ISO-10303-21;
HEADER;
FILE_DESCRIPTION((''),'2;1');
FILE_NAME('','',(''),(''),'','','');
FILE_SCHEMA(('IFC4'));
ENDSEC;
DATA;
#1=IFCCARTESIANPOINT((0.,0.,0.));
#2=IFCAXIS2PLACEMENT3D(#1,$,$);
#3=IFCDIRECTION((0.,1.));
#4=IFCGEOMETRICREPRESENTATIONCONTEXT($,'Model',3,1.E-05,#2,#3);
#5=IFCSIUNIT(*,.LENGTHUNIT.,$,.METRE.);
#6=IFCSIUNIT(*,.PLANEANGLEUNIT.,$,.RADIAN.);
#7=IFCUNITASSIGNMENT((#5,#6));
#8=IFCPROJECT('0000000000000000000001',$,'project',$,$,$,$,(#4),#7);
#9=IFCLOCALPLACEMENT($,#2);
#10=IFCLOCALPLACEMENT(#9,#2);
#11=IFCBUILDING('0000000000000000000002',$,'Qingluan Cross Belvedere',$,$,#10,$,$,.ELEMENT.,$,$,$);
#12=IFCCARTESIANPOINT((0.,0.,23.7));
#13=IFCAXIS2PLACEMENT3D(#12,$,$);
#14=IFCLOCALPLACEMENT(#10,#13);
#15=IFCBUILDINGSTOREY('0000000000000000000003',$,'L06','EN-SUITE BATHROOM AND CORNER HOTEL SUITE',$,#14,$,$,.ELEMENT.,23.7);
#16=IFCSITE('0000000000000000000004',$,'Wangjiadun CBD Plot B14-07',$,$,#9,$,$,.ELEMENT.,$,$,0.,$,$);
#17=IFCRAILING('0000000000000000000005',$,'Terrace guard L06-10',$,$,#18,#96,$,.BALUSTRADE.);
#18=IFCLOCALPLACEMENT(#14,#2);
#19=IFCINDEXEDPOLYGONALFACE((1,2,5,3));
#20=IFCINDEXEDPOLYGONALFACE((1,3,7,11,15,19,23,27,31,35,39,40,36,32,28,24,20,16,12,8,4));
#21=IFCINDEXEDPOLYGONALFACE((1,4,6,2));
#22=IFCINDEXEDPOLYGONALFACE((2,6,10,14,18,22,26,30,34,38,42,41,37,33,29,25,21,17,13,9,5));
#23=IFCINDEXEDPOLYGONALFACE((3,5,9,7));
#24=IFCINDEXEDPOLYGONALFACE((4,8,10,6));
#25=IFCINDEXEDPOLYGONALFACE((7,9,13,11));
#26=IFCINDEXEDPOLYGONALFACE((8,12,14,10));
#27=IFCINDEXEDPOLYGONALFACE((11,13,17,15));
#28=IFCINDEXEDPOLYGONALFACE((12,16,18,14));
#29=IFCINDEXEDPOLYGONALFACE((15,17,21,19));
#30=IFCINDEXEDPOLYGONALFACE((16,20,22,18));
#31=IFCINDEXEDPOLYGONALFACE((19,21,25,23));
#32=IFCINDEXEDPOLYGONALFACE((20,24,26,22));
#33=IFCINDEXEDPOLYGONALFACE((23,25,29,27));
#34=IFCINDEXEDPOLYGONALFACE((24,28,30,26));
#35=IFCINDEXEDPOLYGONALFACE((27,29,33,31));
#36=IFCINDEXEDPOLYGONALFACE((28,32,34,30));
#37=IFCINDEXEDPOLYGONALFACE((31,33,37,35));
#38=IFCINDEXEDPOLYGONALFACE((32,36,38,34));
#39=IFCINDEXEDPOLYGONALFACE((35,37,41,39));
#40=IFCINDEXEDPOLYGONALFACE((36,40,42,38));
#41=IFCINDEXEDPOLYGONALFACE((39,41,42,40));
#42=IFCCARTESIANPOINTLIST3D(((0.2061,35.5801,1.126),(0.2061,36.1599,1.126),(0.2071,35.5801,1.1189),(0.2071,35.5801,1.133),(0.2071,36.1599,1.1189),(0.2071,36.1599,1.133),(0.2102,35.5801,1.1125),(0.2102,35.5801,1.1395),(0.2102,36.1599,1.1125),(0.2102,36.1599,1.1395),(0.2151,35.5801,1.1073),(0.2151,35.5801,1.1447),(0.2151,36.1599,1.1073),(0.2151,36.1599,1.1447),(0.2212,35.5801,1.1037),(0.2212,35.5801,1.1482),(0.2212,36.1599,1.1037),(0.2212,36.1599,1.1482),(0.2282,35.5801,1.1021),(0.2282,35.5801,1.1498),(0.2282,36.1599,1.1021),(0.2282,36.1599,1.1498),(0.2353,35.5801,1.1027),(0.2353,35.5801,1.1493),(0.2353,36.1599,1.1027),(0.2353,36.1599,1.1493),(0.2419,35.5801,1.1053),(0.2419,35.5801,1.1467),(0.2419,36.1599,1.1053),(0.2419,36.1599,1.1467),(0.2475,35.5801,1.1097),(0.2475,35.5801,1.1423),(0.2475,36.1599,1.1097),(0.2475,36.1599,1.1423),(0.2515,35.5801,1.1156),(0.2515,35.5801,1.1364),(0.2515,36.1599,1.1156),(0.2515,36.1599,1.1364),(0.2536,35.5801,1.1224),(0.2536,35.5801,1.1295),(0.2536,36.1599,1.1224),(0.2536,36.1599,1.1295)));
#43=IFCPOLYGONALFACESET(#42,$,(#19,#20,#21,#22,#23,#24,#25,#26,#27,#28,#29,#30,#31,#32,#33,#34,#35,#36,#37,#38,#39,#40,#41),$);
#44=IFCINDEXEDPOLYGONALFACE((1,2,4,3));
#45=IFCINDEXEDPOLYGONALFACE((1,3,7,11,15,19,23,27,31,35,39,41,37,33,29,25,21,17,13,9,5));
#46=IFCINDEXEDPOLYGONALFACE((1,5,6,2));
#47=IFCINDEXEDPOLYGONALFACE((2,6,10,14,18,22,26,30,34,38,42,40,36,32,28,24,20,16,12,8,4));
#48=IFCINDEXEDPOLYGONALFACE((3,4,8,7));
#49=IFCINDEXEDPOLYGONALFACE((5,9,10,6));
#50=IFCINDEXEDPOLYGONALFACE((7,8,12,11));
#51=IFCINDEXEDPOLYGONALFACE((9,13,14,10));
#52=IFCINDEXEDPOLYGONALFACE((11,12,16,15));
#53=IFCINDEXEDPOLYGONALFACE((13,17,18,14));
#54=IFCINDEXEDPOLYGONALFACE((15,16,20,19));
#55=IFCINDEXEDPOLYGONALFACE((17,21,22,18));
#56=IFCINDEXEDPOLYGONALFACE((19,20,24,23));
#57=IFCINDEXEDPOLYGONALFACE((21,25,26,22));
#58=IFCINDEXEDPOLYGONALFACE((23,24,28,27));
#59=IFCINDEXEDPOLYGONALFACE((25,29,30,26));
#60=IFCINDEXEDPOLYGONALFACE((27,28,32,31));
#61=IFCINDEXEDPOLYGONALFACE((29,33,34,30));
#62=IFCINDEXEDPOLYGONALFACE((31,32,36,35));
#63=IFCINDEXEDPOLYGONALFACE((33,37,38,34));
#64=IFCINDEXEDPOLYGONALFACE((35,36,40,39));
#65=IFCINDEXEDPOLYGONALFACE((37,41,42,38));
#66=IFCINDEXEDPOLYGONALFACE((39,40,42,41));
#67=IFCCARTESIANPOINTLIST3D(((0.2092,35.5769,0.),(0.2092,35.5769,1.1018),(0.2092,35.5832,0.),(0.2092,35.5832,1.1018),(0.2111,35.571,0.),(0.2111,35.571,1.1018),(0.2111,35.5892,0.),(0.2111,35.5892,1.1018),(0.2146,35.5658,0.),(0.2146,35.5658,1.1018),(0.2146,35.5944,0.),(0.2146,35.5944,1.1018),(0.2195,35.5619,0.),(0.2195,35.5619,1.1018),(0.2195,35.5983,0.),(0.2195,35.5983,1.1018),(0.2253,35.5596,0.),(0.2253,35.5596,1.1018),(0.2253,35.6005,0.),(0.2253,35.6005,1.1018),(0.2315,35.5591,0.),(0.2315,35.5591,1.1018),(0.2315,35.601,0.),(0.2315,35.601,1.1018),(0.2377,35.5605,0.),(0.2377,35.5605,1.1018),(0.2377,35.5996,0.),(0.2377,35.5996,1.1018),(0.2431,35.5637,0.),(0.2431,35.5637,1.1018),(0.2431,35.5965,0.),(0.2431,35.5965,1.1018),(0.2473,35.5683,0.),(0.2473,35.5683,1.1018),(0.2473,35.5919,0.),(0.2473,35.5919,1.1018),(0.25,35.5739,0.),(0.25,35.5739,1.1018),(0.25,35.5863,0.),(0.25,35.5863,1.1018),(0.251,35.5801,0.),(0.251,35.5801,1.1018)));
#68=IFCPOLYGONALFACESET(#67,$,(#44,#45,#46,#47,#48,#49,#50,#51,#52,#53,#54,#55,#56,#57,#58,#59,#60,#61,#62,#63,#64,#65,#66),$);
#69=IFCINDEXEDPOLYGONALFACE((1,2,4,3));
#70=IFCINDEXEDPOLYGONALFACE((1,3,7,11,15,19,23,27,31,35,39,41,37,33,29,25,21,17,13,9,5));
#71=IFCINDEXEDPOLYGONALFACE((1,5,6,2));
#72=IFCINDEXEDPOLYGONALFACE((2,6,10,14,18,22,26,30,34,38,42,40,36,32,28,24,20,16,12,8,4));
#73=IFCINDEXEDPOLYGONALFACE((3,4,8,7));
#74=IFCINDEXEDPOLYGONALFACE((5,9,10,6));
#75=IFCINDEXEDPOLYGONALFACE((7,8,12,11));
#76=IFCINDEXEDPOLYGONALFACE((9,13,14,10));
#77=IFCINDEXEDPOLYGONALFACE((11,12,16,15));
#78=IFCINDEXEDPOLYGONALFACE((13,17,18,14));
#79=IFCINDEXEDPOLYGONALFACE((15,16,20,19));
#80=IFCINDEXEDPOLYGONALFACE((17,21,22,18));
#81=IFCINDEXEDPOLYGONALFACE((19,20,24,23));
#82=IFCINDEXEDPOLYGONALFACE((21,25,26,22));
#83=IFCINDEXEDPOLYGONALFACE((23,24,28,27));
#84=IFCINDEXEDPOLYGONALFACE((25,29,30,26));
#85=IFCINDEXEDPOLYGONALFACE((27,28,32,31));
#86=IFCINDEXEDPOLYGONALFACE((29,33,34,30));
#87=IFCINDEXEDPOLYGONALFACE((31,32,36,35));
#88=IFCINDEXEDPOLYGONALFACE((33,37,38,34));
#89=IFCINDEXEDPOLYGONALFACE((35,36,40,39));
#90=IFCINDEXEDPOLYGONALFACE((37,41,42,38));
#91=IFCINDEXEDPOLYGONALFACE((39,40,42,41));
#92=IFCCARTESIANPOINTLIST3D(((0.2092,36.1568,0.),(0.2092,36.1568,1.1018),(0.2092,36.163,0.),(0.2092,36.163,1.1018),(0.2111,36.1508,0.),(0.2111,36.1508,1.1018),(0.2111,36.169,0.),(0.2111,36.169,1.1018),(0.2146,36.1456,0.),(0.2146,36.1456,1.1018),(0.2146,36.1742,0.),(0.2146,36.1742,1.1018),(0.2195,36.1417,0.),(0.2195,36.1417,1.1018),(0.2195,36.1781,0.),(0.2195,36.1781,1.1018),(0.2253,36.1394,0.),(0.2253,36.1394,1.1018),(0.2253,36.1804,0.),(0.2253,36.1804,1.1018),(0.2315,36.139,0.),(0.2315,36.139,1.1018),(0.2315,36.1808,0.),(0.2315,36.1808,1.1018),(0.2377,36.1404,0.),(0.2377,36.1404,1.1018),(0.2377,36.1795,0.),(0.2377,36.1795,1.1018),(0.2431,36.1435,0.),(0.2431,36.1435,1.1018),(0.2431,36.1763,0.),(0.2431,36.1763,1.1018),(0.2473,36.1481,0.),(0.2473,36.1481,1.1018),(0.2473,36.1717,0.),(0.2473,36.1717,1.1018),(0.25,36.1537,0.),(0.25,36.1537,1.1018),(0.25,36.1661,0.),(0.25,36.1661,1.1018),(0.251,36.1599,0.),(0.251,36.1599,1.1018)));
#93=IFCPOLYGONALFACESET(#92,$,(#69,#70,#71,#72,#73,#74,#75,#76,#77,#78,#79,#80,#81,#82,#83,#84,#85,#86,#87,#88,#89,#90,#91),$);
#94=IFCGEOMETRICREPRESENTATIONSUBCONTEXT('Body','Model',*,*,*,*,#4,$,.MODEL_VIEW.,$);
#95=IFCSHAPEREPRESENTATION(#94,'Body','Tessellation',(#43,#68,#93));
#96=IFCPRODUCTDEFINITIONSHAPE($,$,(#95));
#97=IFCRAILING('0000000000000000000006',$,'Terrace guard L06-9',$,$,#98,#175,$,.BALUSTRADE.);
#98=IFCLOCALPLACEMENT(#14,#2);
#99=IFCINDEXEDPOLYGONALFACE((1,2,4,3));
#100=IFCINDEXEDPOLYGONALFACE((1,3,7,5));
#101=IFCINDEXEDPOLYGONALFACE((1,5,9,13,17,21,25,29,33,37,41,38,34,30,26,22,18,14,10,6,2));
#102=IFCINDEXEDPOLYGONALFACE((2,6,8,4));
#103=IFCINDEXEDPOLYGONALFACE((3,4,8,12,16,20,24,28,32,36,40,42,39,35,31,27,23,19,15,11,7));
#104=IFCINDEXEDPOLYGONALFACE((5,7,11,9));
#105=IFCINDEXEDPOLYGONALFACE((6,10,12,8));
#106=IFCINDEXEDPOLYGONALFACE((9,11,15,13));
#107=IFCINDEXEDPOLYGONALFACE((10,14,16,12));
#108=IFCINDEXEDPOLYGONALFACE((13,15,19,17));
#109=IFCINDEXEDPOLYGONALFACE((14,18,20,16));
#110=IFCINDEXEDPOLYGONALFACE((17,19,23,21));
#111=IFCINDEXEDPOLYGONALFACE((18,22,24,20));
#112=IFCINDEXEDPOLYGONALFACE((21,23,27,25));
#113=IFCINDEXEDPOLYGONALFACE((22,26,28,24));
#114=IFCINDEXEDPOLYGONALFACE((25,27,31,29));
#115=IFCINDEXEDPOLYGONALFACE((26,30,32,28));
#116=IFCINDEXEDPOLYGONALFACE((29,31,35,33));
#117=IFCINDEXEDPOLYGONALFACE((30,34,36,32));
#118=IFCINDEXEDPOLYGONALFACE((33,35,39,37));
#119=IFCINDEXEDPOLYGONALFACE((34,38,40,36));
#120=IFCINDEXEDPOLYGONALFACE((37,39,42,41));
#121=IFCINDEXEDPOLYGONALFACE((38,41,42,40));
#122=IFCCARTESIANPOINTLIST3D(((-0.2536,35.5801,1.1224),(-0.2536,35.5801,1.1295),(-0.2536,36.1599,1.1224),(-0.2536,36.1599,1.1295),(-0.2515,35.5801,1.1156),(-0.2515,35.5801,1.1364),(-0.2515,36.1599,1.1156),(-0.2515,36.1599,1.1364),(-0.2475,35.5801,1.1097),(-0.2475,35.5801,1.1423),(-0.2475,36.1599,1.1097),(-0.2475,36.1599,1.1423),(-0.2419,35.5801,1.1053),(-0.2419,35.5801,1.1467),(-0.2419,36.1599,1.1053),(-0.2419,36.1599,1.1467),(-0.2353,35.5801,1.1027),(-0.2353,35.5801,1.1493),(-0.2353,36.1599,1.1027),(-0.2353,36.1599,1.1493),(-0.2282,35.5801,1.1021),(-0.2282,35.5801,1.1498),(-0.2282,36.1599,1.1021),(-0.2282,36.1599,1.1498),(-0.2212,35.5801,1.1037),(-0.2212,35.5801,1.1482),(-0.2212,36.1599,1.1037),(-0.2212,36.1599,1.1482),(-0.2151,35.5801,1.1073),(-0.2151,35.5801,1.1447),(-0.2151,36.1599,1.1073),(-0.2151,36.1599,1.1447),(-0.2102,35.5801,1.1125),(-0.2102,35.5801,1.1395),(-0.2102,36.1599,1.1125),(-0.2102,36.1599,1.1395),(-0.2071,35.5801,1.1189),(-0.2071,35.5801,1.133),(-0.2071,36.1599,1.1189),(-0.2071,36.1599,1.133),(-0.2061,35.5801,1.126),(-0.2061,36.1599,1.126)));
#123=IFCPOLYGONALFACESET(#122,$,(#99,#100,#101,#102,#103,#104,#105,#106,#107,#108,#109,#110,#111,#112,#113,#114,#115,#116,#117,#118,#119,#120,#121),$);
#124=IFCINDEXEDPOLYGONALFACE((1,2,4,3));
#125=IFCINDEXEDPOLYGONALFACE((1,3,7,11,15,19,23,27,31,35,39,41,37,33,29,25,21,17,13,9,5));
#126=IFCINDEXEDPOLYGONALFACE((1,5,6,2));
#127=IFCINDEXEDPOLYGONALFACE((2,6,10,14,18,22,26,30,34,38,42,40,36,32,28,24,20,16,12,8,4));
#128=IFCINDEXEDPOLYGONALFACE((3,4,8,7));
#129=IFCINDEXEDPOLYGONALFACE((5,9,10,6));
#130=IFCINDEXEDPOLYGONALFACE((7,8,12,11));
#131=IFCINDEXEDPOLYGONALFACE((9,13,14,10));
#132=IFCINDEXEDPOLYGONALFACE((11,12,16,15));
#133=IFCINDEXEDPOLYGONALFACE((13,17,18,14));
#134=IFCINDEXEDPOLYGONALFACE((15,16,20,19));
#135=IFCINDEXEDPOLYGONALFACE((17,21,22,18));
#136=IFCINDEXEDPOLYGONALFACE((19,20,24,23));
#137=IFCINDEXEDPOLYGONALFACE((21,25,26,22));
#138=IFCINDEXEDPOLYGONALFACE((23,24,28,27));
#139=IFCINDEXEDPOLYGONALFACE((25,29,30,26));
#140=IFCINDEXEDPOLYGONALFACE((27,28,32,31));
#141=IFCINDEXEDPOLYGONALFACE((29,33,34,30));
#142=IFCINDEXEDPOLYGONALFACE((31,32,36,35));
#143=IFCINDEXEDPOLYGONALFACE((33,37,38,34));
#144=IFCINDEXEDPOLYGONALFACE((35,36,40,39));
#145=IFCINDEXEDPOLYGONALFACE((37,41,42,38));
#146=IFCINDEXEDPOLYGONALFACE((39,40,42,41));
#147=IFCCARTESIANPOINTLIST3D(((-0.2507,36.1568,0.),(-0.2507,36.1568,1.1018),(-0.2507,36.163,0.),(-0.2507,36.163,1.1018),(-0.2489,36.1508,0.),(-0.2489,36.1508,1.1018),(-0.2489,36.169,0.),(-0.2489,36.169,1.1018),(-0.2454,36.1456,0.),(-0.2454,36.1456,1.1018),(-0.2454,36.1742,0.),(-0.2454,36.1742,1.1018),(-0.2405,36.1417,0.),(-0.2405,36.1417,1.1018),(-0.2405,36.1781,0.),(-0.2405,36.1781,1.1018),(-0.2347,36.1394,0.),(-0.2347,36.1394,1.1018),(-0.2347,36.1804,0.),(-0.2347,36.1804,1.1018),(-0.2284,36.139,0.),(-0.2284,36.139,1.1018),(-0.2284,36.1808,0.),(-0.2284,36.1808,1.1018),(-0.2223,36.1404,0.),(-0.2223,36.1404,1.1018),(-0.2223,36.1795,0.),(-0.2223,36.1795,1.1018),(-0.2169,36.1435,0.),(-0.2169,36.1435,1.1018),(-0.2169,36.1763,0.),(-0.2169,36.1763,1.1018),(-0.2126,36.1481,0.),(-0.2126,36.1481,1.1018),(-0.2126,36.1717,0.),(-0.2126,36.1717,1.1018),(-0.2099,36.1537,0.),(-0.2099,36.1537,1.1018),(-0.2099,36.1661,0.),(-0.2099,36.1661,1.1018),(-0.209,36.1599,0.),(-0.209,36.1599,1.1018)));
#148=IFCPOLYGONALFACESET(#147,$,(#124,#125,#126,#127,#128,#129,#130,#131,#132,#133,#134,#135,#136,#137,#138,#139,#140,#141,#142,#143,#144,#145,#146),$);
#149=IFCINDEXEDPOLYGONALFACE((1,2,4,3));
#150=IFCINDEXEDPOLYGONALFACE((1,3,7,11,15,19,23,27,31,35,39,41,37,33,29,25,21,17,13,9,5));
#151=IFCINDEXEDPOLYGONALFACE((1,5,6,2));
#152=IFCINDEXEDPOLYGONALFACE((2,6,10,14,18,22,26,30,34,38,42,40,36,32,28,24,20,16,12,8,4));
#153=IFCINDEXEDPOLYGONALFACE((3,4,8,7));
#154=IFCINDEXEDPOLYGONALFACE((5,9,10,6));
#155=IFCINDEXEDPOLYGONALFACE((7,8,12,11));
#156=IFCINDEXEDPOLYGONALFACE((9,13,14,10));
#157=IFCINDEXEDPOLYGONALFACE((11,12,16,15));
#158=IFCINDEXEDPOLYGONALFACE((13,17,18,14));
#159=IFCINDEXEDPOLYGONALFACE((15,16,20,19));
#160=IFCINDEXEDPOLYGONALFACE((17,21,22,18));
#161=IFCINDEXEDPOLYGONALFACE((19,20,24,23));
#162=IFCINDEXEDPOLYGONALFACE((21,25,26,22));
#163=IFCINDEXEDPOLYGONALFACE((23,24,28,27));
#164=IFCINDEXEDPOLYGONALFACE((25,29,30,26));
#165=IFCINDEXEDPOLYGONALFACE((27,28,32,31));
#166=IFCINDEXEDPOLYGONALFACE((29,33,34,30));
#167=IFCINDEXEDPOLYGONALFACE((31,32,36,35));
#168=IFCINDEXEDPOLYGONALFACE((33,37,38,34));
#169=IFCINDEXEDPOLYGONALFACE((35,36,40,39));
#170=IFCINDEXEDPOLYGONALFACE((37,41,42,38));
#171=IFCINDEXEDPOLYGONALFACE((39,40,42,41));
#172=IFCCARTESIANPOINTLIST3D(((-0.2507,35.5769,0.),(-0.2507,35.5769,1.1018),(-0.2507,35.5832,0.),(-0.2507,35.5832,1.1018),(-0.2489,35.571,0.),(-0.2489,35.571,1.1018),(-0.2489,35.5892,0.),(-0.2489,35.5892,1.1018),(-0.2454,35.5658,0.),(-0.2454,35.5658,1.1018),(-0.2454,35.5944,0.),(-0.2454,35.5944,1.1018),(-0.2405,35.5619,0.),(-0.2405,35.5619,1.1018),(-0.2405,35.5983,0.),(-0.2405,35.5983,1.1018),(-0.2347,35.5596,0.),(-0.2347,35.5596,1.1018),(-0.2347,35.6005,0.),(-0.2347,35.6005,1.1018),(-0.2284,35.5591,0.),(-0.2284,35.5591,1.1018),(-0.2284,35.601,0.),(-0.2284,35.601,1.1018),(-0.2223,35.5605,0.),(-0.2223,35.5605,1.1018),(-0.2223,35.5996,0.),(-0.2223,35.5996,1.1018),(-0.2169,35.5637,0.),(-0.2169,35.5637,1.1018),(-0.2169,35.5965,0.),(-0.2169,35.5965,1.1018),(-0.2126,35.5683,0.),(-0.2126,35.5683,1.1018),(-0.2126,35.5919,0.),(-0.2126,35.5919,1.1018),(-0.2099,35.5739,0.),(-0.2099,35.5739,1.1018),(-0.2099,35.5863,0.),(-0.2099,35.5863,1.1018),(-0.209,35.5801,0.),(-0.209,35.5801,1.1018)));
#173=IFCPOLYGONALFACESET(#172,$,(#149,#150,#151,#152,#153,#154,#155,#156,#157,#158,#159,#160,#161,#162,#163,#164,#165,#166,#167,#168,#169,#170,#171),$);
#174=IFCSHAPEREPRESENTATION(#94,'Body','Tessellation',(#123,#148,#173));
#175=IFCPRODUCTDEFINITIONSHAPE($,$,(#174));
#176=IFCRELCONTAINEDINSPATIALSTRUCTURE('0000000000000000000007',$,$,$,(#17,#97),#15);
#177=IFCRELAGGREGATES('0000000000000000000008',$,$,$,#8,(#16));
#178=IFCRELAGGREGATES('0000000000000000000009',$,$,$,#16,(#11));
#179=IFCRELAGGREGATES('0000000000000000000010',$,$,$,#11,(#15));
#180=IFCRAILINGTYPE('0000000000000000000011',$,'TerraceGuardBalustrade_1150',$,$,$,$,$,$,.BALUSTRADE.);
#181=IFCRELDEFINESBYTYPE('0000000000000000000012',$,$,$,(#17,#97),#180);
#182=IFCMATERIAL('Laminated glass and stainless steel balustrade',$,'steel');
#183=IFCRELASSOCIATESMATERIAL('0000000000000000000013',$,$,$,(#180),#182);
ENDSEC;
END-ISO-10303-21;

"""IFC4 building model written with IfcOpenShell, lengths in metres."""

from ifc_helpers import new_model, si_unit, direction, frame, origin, origin_2d, place, context, subcontext, project, spatial, circle, extrude, material, type_object, element, save


model = new_model("IFC4")

# Units and contexts
model_context = context("Model", 3, precision=1e-05, world=origin(), true_north=direction((0.0, 1.0)))
body_context = subcontext(model_context, "Body", "Model", "MODEL_VIEW")
ifc_project = project(units=[si_unit("LENGTHUNIT", "METRE"), si_unit("PLANEANGLEUNIT", "RADIAN")], contexts=[model_context])

# Site, building, storey
site_placement = place(None, origin())
site = spatial("IfcSite", under=ifc_project, at=site_placement, Name="Wangjiadun CBD Plot B14-07", CompositionType="ELEMENT", RefElevation=0.0)
building_placement = place(site_placement, origin())
building = spatial("IfcBuilding", under=site, at=building_placement, Name="Qingluan Cross Belvedere", CompositionType="ELEMENT")
storey_placement = place(building_placement, frame((0.0, 0.0, 23.7)))
storey = spatial("IfcBuildingStorey", under=building, at=storey_placement, Name="L06", Description="EN-SUITE BATHROOM AND CORNER HOTEL SUITE", CompositionType="ELEMENT", Elevation=23.7)

# Railings
ifc_material_1 = material(Name="Laminated glass and stainless steel balustrade", Category="steel")
railing_type = type_object("IfcRailingType", Name="TerraceGuardBalustrade_1150", PredefinedType="BALUSTRADE", material=ifc_material_1)
railing_1_placement = place(storey_placement, frame((0.23, 35.5801, 0.0)))
element("IfcRailing", 1, at=railing_1_placement, inside=storey, type_object=railing_type, Name="Terrace guard L06-10", PredefinedType="BALUSTRADE", context=body_context, shape_type="SweptSolid", body=[
    extrude(circle(Radius=0.0239, at=origin_2d()), frame((0.0, 0.0, 1.126), z_axis=(0.0, 1.0, 0.0), x_axis=(-1.0, 0.0, 0.0)), (0.0, 0.0, 1.0), 0.5798),
    extrude(circle(Radius=0.021, at=origin_2d()), origin(), (0.0, 0.0, 1.0), 1.1018),
    extrude(circle(Radius=0.021, at=origin_2d()), frame((0.0, 0.5798, 0.0)), (0.0, 0.0, 1.0), 1.1018),
])
railing_2_placement = place(storey_placement, frame((-0.23, 36.1599, 0.0)))
element("IfcRailing", 2, at=railing_2_placement, inside=storey, type_object=railing_type, Name="Terrace guard L06-9", PredefinedType="BALUSTRADE", context=body_context, shape_type="SweptSolid", body=[
    extrude(circle(Radius=0.0239, at=origin_2d()), frame((0.0, 0.0, 1.126), z_axis=(0.0, -1.0, 0.0), x_axis=(1.0, 0.0, 0.0)), (0.0, 0.0, 1.0), 0.5798),
    extrude(circle(Radius=0.021, at=origin_2d()), origin(), (0.0, 0.0, 1.0), 1.1018),
    extrude(circle(Radius=0.021, at=origin_2d()), frame((0.0, -0.5798, 0.0)), (0.0, 0.0, 1.0), 1.1018),
])

save(model, "model.ifc")
